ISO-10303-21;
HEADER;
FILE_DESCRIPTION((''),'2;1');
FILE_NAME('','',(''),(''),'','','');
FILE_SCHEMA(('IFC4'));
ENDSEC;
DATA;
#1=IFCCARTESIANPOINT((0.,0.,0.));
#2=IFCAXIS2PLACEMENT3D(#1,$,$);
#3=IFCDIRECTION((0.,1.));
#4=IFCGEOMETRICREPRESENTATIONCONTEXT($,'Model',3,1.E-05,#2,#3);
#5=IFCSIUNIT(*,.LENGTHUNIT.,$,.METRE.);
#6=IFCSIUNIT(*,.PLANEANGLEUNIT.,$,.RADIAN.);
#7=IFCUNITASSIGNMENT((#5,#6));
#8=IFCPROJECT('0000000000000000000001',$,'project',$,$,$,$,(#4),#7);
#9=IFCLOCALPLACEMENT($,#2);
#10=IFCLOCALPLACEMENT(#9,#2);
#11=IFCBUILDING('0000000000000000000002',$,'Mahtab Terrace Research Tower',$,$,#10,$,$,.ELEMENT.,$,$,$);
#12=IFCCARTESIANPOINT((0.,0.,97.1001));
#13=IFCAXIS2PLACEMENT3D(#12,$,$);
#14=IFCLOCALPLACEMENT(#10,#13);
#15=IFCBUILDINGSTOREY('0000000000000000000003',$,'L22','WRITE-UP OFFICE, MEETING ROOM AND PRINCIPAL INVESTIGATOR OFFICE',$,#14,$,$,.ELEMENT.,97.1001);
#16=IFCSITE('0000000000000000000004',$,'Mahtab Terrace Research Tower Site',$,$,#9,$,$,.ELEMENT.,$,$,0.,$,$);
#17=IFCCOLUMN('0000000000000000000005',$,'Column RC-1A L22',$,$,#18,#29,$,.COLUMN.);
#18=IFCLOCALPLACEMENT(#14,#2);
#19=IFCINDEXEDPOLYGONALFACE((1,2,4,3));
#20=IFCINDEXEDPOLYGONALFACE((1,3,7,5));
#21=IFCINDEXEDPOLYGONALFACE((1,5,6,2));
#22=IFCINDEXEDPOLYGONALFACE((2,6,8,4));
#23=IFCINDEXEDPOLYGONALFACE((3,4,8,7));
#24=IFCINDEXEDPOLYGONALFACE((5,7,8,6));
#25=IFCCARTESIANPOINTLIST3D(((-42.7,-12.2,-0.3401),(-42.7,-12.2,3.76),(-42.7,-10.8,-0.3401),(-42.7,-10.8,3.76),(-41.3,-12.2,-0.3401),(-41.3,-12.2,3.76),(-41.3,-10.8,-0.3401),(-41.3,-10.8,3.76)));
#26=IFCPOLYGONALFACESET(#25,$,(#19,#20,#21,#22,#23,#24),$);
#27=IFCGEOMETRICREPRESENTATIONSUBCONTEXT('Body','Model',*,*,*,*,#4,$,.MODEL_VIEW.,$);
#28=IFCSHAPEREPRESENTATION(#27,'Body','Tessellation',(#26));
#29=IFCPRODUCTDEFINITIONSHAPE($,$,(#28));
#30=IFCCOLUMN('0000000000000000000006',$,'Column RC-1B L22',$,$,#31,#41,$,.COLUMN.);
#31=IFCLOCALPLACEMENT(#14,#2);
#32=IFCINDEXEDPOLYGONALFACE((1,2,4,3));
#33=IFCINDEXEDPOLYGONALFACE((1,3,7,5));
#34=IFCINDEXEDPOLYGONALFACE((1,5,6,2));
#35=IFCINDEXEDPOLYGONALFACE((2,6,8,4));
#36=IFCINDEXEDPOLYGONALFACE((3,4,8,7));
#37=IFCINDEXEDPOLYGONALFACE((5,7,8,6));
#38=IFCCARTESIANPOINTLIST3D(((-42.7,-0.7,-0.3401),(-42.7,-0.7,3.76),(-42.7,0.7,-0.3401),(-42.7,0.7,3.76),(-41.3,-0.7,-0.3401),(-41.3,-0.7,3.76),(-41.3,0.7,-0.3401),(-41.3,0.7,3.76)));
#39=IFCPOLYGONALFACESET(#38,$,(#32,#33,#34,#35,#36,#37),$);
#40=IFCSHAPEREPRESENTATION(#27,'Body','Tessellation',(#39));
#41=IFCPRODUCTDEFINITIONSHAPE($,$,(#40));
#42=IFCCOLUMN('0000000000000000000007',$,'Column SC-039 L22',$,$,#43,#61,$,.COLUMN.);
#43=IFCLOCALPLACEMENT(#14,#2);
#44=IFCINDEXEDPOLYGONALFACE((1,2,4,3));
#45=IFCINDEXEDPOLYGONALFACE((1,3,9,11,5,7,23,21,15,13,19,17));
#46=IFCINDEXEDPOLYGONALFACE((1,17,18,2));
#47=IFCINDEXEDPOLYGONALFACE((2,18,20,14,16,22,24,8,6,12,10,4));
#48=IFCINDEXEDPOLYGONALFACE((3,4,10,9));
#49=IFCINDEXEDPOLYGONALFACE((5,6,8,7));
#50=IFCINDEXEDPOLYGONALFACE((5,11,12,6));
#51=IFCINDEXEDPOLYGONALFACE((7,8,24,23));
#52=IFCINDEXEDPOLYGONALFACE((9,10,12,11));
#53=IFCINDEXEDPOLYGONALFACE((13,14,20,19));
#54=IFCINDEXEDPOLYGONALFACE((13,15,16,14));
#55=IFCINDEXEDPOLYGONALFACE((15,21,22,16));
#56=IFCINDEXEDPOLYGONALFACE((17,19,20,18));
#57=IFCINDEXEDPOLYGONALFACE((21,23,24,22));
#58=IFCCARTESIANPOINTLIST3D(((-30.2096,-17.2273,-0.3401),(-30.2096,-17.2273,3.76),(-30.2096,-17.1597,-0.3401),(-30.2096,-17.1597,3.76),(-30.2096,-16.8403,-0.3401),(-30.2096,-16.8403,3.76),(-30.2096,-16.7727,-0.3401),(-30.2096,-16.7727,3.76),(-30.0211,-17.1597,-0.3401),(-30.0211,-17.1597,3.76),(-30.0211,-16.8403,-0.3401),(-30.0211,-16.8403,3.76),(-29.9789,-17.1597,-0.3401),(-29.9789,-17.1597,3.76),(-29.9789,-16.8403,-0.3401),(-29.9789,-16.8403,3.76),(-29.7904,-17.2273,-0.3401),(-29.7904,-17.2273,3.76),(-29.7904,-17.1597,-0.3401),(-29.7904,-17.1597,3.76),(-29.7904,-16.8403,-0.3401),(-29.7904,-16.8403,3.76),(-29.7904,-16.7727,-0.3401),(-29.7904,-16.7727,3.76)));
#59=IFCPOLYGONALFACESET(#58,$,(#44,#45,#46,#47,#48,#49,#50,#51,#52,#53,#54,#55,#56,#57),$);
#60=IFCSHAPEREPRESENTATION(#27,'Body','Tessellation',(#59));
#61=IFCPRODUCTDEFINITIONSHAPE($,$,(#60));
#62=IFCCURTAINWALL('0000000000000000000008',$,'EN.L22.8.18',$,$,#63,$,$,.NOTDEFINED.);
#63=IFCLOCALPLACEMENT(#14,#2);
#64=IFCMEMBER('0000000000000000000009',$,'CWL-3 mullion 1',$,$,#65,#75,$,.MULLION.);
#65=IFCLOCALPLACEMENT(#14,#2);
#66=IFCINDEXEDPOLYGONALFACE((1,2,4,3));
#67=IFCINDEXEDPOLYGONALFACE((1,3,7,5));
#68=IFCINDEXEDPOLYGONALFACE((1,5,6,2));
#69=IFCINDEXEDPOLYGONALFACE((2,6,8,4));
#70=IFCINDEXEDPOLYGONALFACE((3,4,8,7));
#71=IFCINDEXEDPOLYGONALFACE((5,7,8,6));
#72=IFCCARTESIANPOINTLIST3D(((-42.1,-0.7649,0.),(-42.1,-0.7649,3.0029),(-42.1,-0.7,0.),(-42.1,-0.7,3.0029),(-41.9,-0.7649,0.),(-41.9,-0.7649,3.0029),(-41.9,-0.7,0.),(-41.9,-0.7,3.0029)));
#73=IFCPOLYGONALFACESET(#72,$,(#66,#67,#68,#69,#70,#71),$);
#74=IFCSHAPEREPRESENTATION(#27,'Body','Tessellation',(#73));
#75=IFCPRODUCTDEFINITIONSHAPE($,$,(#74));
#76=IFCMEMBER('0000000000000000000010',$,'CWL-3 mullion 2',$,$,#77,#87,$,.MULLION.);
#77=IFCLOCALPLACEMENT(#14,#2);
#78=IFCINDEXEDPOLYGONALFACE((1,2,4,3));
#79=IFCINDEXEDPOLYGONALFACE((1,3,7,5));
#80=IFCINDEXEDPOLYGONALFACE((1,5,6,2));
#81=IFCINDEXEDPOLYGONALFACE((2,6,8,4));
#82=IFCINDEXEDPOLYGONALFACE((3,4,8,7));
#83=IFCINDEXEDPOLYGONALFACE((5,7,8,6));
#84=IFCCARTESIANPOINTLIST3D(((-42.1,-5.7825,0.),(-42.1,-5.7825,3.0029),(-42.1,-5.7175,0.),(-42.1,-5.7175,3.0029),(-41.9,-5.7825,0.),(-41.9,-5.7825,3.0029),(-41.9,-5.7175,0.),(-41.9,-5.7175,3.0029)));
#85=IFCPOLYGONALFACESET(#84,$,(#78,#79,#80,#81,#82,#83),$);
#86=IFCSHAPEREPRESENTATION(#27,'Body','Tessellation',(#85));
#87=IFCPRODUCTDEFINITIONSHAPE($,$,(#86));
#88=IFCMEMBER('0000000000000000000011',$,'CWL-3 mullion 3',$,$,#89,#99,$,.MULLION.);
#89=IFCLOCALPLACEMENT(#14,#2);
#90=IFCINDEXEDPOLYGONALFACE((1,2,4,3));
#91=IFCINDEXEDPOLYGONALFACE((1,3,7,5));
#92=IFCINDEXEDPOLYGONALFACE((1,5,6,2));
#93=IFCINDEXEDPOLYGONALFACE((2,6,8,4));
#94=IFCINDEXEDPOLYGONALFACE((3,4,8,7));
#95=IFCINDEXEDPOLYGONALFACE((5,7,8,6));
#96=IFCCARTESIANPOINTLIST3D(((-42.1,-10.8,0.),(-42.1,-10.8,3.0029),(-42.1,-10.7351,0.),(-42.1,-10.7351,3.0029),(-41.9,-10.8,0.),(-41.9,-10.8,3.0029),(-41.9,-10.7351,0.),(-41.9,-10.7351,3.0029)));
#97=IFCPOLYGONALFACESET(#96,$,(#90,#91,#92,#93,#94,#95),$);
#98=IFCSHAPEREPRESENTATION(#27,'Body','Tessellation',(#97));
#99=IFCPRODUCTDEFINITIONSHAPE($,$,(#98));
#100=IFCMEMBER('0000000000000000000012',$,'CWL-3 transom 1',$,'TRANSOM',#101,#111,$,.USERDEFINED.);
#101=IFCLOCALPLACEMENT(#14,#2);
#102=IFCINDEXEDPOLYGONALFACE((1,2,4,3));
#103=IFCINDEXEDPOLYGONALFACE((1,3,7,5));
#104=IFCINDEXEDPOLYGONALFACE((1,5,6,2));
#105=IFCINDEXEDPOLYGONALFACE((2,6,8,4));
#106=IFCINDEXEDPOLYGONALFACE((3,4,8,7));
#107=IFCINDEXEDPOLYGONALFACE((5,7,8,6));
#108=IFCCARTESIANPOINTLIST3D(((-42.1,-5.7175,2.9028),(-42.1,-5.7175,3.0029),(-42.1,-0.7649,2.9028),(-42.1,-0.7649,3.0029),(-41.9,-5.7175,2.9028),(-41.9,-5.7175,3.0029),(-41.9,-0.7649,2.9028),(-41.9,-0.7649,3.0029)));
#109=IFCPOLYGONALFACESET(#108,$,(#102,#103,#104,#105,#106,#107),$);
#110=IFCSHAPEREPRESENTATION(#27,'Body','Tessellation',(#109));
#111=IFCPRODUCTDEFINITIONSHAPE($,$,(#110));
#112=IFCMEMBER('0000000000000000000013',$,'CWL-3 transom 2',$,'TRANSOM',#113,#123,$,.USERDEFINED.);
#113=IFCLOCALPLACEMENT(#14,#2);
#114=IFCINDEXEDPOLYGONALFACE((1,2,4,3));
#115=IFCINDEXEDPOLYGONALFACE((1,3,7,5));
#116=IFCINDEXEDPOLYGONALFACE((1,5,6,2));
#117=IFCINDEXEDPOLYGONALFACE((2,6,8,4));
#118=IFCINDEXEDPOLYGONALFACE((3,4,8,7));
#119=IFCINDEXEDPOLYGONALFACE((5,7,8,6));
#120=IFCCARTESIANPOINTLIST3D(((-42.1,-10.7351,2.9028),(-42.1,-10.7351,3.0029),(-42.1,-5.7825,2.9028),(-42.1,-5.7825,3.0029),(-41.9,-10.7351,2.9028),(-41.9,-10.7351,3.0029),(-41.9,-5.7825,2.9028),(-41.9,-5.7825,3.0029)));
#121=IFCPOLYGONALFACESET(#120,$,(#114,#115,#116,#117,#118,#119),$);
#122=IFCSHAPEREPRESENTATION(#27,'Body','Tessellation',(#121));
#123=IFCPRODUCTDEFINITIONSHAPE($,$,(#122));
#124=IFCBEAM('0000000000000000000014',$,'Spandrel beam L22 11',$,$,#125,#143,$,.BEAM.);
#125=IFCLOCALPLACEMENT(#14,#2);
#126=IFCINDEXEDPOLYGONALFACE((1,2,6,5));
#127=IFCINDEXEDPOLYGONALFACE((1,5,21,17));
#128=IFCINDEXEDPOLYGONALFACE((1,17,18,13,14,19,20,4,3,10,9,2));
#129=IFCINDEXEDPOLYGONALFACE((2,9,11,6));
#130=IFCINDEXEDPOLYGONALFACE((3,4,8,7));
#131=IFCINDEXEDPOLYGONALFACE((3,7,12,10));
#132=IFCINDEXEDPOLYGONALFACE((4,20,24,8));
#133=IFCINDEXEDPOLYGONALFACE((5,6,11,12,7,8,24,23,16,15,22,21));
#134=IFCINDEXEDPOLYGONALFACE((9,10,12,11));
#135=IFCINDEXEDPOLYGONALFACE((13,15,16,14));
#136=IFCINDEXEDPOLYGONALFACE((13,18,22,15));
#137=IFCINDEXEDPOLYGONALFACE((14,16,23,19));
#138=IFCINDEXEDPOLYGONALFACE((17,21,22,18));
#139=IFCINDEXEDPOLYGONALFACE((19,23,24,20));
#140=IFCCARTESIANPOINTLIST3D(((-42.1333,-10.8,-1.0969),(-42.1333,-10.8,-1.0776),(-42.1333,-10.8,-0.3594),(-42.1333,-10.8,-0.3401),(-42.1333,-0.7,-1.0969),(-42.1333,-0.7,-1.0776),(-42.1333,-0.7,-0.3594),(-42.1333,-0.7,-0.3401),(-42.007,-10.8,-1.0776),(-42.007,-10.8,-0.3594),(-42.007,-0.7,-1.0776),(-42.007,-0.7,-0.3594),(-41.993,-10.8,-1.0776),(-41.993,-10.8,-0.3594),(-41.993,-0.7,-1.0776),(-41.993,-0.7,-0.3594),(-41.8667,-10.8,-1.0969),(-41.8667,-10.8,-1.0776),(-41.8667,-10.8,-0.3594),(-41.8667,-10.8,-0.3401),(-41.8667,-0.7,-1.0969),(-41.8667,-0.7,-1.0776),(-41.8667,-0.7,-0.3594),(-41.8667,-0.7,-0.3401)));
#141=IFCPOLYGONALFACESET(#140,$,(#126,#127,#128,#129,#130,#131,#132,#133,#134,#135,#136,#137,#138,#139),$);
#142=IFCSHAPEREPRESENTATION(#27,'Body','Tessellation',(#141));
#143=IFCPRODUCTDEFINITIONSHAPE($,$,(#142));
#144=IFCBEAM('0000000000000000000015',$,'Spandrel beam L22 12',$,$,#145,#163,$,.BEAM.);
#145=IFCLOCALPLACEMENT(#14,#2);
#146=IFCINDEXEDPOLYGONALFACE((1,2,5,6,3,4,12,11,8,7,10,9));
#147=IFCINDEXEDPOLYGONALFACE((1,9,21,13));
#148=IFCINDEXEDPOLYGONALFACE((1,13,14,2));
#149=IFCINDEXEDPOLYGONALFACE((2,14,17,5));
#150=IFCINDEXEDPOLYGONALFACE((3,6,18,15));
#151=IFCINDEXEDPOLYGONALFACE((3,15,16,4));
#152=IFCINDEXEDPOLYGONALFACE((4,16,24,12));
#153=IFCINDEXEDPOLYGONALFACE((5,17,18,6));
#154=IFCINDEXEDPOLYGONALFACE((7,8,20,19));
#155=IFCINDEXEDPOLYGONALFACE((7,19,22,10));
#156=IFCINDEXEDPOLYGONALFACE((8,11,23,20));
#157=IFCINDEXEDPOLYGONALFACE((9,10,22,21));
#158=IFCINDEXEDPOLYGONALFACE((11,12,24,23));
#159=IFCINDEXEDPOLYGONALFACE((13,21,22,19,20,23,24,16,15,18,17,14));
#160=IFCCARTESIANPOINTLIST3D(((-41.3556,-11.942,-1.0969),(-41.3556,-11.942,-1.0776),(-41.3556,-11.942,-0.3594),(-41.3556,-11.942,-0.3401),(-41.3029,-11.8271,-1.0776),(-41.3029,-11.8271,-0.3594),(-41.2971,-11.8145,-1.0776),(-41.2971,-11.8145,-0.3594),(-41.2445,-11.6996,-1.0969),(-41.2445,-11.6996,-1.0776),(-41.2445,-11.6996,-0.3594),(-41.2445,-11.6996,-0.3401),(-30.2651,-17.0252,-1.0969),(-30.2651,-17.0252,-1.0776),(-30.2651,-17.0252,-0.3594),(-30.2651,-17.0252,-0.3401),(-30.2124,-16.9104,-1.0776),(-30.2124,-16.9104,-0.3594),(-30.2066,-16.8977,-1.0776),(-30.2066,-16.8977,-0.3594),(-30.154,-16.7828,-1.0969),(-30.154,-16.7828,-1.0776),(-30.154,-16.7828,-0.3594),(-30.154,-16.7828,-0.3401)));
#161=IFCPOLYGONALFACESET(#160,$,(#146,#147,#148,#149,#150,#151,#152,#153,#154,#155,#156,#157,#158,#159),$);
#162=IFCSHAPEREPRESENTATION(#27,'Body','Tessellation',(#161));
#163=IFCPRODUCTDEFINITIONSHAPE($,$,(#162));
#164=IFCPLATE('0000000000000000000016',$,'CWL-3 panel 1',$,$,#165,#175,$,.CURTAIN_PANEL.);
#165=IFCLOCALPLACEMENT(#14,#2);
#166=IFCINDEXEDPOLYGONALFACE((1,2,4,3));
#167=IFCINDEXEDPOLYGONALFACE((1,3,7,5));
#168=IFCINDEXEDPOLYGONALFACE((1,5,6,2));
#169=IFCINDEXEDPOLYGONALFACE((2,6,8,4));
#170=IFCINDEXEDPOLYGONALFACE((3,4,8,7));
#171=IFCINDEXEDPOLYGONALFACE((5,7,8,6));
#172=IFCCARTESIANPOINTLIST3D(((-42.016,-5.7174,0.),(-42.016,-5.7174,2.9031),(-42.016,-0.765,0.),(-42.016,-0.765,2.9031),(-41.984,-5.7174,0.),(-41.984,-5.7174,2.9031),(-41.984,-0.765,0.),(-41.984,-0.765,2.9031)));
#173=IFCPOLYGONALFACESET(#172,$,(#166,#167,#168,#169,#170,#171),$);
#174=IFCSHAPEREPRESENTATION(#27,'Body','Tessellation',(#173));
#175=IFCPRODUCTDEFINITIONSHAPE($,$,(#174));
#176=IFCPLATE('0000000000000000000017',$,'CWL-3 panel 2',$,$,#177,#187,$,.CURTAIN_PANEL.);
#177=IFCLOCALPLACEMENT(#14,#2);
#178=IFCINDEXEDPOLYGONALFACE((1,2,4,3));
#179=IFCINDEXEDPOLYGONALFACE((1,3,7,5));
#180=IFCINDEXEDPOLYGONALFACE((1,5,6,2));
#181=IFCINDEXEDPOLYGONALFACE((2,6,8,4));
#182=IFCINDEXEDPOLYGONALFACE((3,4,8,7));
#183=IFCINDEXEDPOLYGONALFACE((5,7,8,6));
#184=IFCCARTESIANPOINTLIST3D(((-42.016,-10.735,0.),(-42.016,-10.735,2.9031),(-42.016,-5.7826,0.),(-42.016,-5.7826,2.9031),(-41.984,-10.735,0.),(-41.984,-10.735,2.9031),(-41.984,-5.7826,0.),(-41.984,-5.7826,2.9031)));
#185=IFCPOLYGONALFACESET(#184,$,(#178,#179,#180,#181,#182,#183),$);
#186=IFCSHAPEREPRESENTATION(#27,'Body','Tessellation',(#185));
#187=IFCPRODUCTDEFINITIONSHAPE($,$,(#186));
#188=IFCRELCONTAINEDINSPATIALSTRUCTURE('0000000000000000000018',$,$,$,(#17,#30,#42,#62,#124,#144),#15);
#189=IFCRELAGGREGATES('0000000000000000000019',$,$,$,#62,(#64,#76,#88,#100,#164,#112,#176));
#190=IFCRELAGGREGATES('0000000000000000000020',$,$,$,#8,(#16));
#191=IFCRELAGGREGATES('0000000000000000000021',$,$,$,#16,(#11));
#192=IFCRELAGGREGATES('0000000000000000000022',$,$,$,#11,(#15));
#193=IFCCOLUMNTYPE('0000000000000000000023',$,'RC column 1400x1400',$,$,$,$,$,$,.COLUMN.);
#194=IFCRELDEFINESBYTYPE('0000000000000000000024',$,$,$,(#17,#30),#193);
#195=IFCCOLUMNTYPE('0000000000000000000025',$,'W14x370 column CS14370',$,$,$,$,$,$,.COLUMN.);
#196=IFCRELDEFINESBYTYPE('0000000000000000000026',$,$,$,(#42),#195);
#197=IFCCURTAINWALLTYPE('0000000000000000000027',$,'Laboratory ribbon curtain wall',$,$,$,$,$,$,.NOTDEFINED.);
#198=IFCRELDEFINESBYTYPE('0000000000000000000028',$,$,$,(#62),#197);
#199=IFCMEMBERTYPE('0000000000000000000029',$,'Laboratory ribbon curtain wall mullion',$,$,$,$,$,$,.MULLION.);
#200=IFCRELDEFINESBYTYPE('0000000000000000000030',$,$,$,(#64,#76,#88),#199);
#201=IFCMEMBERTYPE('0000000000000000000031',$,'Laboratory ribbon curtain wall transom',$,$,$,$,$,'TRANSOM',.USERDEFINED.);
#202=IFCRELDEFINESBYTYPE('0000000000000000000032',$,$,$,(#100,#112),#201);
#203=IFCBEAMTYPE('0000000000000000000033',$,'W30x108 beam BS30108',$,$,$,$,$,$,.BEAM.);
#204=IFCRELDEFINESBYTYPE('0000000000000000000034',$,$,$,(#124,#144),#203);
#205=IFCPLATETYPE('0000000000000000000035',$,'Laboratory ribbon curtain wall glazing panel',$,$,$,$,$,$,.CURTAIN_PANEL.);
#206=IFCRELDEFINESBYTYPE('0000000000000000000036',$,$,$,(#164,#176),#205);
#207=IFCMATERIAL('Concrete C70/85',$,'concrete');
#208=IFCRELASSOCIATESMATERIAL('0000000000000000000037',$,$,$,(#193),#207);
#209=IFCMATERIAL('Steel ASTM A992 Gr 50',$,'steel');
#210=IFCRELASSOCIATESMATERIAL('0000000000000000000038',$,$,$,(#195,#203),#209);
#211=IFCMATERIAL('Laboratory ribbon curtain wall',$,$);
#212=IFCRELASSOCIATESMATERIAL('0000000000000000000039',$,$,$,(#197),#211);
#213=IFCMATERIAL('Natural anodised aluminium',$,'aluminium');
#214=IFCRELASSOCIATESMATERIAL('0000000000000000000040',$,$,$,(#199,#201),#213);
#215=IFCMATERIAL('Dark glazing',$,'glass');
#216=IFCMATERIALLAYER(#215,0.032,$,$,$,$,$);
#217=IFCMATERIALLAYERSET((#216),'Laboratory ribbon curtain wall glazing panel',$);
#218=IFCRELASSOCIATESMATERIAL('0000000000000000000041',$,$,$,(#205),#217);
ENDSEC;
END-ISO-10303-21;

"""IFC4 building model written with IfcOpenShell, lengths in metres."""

from ifc_helpers import new_model, si_unit, direction, frame, origin, origin_2d, place, context, subcontext, project, spatial, rectangle, i_section, extrude, material, layer, layer_set, material_profile, profile_set, type_object, element, aggregate, save


model = new_model("IFC4")

# Units and contexts
model_context = context("Model", 3, precision=1e-05, world=origin(), true_north=direction((0.0, 1.0)))
body_context = subcontext(model_context, "Body", "Model", "MODEL_VIEW")
ifc_project = project(units=[si_unit("LENGTHUNIT", "METRE"), si_unit("PLANEANGLEUNIT", "RADIAN")], contexts=[model_context])

# Site, building, storey
site_placement = place(None, origin())
site = spatial("IfcSite", under=ifc_project, at=site_placement, Name="Mahtab Terrace Research Tower Site", CompositionType="ELEMENT", RefElevation=0.0)
building_placement = place(site_placement, origin())
building = spatial("IfcBuilding", under=site, at=building_placement, Name="Mahtab Terrace Research Tower", CompositionType="ELEMENT")
storey_placement = place(building_placement, frame((0.0, 0.0, 97.1001)))
storey = spatial("IfcBuildingStorey", under=building, at=storey_placement, Name="L22", Description="WRITE-UP OFFICE, MEETING ROOM AND PRINCIPAL INVESTIGATOR OFFICE", CompositionType="ELEMENT", Elevation=97.1001)

# Columns
ifc_material_1 = material(Name="Concrete C70/85", Category="concrete")
ifc_material_profile_1 = material_profile(ifc_material_1, rectangle(XDim=1.3999, YDim=1.3999, at=origin_2d()), Name="RC column 1400x1400")
ifc_profile_set_1 = profile_set([ifc_material_profile_1], Name="Concrete C70/85")
column_type_1 = type_object("IfcColumnType", Name="RC column 1400x1400", PredefinedType="COLUMN", material=ifc_profile_set_1)
for number, where, z_axis, x_axis, name in (
    (1, (-42.0, -11.5, -0.3401), (0.0, 0.0, 1.0), (1.0, 0.0, 0.0), "Column RC-1A L22"),
    (2, (-42.0, 0.0, -0.3401), (0.0, 0.0, 1.0), (1.0, 0.0, 0.0), "Column RC-1B L22"),
):
    element("IfcColumn", number, at=place(storey_placement, frame(where, z_axis=z_axis, x_axis=x_axis)), inside=storey, type_object=column_type_1, Name=name, PredefinedType="COLUMN", context=body_context, shape_type="SweptSolid", body=[
        extrude(rectangle(XDim=1.3999, YDim=1.3999, at=origin_2d()), origin(), (0.0, 0.0, 1.0), 4.1001),
    ])
ifc_material_2 = material(Name="Steel ASTM A992 Gr 50", Category="steel")
ifc_material_profile_2 = material_profile(ifc_material_2, i_section(OverallWidth=0.4192, OverallDepth=0.4546, WebThickness=0.0422, FlangeThickness=0.0676, at=origin_2d()), Name="W14X370")
ifc_profile_set_2 = profile_set([ifc_material_profile_2], Name="Steel ASTM A992 Gr 50")
column_type_2 = type_object("IfcColumnType", Name="W14x370 column CS14370", PredefinedType="COLUMN", material=ifc_profile_set_2)
column_placement = place(storey_placement, frame((-30.0, -17.0, -0.3401), z_axis=(0.0, 0.0, 1.0), x_axis=(1.0, 0.0, 0.0)))
element("IfcColumn", 3, at=column_placement, inside=storey, type_object=column_type_2, Name="Column SC-039 L22", PredefinedType="COLUMN", context=body_context, shape_type="SweptSolid", body=[
    extrude(i_section(OverallWidth=0.4192, OverallDepth=0.4546, WebThickness=0.0422, FlangeThickness=0.0676, at=origin_2d()), origin(), (0.0, 0.0, 1.0), 4.1001),
])

# Curtain wall, members
ifc_material_3 = material(Name="Laboratory ribbon curtain wall")
curtain_wall_type = type_object("IfcCurtainWallType", Name="Laboratory ribbon curtain wall", PredefinedType="NOTDEFINED", material=ifc_material_3)
curtain_wall_placement = place(storey_placement, origin())
curtain_wall = element("IfcCurtainWall", 4, at=curtain_wall_placement, inside=storey, type_object=curtain_wall_type, Name="EN.L22.8.18", PredefinedType="NOTDEFINED")
ifc_material_4 = material(Name="Natural anodised aluminium", Category="aluminium")
ifc_material_profile_3 = material_profile(ifc_material_4, rectangle(XDim=0.2, YDim=0.0649, at=origin_2d()), Name="MULLION 65x200")
ifc_profile_set_3 = profile_set([ifc_material_profile_3], Name="Natural anodised aluminium")
member_type_1 = type_object("IfcMemberType", Name="Laboratory ribbon curtain wall mullion", PredefinedType="MULLION", material=ifc_profile_set_3)
member_1_placement = place(storey_placement, frame((-42.0, -0.7324, 0.0), z_axis=(0.0, 0.0, 1.0), x_axis=(1.0, 0.0, 0.0)))
member_1 = element("IfcMember", 5, at=member_1_placement, type_object=member_type_1, Name="CWL-3 mullion 1", PredefinedType="MULLION", context=body_context, shape_type="SweptSolid", body=[
    extrude(rectangle(XDim=0.2, YDim=0.0649, at=origin_2d()), origin(), (0.0, 0.0, 1.0), 3.0029),
])
member_2_placement = place(storey_placement, frame((-42.0, -5.75, 0.0), z_axis=(0.0, 0.0, 1.0), x_axis=(1.0, 0.0, 0.0)))
member_2 = element("IfcMember", 6, at=member_2_placement, type_object=member_type_1, Name="CWL-3 mullion 2", PredefinedType="MULLION", context=body_context, shape_type="SweptSolid", body=[
    extrude(rectangle(XDim=0.2, YDim=0.0649, at=origin_2d()), origin(), (0.0, 0.0, 1.0), 3.0029),
])
member_3_placement = place(storey_placement, frame((-42.0, -10.7676, 0.0), z_axis=(0.0, 0.0, 1.0), x_axis=(1.0, 0.0, 0.0)))
member_3 = element("IfcMember", 7, at=member_3_placement, type_object=member_type_1, Name="CWL-3 mullion 3", PredefinedType="MULLION", context=body_context, shape_type="SweptSolid", body=[
    extrude(rectangle(XDim=0.2, YDim=0.0649, at=origin_2d()), origin(), (0.0, 0.0, 1.0), 3.0029),
])
ifc_material_profile_4 = material_profile(ifc_material_4, rectangle(XDim=0.2, YDim=0.1001, at=origin_2d()), Name="TRANSOM 100x200")
ifc_profile_set_4 = profile_set([ifc_material_profile_4], Name="Natural anodised aluminium")
member_type_2 = type_object("IfcMemberType", Name="Laboratory ribbon curtain wall transom", ElementType="TRANSOM", PredefinedType="USERDEFINED", material=ifc_profile_set_4)
member_4_placement = place(storey_placement, frame((-42.0, -0.7649, 2.9529), z_axis=(0.0, -1.0, 0.0), x_axis=(1.0, 0.0, 0.0)))
member_4 = element("IfcMember", 8, at=member_4_placement, type_object=member_type_2, Name="CWL-3 transom 1", ObjectType="TRANSOM", PredefinedType="USERDEFINED", context=body_context, shape_type="SweptSolid", body=[
    extrude(rectangle(XDim=0.2, YDim=0.1001, at=origin_2d()), origin(), (0.0, 0.0, 1.0), 4.9526),
])
member_5_placement = place(storey_placement, frame((-42.0, -5.7825, 2.9529), z_axis=(0.0, -1.0, 0.0), x_axis=(1.0, 0.0, 0.0)))
member_5 = element("IfcMember", 9, at=member_5_placement, type_object=member_type_2, Name="CWL-3 transom 2", ObjectType="TRANSOM", PredefinedType="USERDEFINED", context=body_context, shape_type="SweptSolid", body=[
    extrude(rectangle(XDim=0.2, YDim=0.1001, at=origin_2d()), origin(), (0.0, 0.0, 1.0), 4.9526),
])

# Beams
ifc_material_profile_5 = material_profile(ifc_material_2, i_section(OverallWidth=0.2666, OverallDepth=0.7568, WebThickness=0.0139, FlangeThickness=0.0193, at=origin_2d()), Name="W30X108")
ifc_profile_set_5 = profile_set([ifc_material_profile_5], Name="Steel ASTM A992 Gr 50")
beam_type = type_object("IfcBeamType", Name="W30x108 beam BS30108", PredefinedType="BEAM", material=ifc_profile_set_5)
beam_1_placement = place(storey_placement, frame((-42.0, -0.7, -0.7185), z_axis=(0.0, -1.0, 0.0), x_axis=(1.0, 0.0, 0.0)))
element("IfcBeam", 10, at=beam_1_placement, inside=storey, type_object=beam_type, Name="Spandrel beam L22 11", PredefinedType="BEAM", context=body_context, shape_type="SweptSolid", body=[
    extrude(i_section(OverallWidth=0.2666, OverallDepth=0.7568, WebThickness=0.0139, FlangeThickness=0.0193, at=origin_2d()), origin(), (0.0, 0.0, 1.0), 10.1001),
])
beam_2_placement = place(storey_placement, frame((-41.3, -11.8208, -0.7185), z_axis=(0.909063, -0.41666, 0.0), x_axis=(0.41666, 0.909063, 0.0)))
element("IfcBeam", 11, at=beam_2_placement, inside=storey, type_object=beam_type, Name="Spandrel beam L22 12", PredefinedType="BEAM", context=body_context, shape_type="SweptSolid", body=[
    extrude(i_section(OverallWidth=0.2666, OverallDepth=0.7568, WebThickness=0.0139, FlangeThickness=0.0193, at=origin_2d()), origin(), (0.0, 0.0, 1.0), 12.2),
])

# Plates
ifc_material_5 = material(Name="Dark glazing", Category="glass")
ifc_layer_1 = layer(ifc_material_5, 0.032)
ifc_layer_set_1 = layer_set([ifc_layer_1], Name="Laboratory ribbon curtain wall glazing panel")
plate_type = type_object("IfcPlateType", Name="Laboratory ribbon curtain wall glazing panel", PredefinedType="CURTAIN_PANEL", material=ifc_layer_set_1)
plate_1_placement = place(storey_placement, frame((-42.0, -3.2412, 0.0), z_axis=(0.0, 0.0, 1.0), x_axis=(0.0, -1.0, 0.0)))
plate_1 = element("IfcPlate", 12, at=plate_1_placement, type_object=plate_type, Name="CWL-3 panel 1", PredefinedType="CURTAIN_PANEL", context=body_context, shape_type="SweptSolid", body=[
    extrude(rectangle(XDim=4.9524, YDim=0.032, at=origin_2d()), origin(), (0.0, 0.0, 1.0), 2.9031),
])
plate_2_placement = place(storey_placement, frame((-42.0, -8.2588, 0.0), z_axis=(0.0, 0.0, 1.0), x_axis=(0.0, -1.0, 0.0)))
plate_2 = element("IfcPlate", 13, at=plate_2_placement, type_object=plate_type, Name="CWL-3 panel 2", PredefinedType="CURTAIN_PANEL", context=body_context, shape_type="SweptSolid", body=[
    extrude(rectangle(XDim=4.9524, YDim=0.032, at=origin_2d()), origin(), (0.0, 0.0, 1.0), 2.9031),
])
aggregate(curtain_wall, [member_1, member_2, member_3, member_4, plate_1, member_5, plate_2])

save(model, "model.ifc")
